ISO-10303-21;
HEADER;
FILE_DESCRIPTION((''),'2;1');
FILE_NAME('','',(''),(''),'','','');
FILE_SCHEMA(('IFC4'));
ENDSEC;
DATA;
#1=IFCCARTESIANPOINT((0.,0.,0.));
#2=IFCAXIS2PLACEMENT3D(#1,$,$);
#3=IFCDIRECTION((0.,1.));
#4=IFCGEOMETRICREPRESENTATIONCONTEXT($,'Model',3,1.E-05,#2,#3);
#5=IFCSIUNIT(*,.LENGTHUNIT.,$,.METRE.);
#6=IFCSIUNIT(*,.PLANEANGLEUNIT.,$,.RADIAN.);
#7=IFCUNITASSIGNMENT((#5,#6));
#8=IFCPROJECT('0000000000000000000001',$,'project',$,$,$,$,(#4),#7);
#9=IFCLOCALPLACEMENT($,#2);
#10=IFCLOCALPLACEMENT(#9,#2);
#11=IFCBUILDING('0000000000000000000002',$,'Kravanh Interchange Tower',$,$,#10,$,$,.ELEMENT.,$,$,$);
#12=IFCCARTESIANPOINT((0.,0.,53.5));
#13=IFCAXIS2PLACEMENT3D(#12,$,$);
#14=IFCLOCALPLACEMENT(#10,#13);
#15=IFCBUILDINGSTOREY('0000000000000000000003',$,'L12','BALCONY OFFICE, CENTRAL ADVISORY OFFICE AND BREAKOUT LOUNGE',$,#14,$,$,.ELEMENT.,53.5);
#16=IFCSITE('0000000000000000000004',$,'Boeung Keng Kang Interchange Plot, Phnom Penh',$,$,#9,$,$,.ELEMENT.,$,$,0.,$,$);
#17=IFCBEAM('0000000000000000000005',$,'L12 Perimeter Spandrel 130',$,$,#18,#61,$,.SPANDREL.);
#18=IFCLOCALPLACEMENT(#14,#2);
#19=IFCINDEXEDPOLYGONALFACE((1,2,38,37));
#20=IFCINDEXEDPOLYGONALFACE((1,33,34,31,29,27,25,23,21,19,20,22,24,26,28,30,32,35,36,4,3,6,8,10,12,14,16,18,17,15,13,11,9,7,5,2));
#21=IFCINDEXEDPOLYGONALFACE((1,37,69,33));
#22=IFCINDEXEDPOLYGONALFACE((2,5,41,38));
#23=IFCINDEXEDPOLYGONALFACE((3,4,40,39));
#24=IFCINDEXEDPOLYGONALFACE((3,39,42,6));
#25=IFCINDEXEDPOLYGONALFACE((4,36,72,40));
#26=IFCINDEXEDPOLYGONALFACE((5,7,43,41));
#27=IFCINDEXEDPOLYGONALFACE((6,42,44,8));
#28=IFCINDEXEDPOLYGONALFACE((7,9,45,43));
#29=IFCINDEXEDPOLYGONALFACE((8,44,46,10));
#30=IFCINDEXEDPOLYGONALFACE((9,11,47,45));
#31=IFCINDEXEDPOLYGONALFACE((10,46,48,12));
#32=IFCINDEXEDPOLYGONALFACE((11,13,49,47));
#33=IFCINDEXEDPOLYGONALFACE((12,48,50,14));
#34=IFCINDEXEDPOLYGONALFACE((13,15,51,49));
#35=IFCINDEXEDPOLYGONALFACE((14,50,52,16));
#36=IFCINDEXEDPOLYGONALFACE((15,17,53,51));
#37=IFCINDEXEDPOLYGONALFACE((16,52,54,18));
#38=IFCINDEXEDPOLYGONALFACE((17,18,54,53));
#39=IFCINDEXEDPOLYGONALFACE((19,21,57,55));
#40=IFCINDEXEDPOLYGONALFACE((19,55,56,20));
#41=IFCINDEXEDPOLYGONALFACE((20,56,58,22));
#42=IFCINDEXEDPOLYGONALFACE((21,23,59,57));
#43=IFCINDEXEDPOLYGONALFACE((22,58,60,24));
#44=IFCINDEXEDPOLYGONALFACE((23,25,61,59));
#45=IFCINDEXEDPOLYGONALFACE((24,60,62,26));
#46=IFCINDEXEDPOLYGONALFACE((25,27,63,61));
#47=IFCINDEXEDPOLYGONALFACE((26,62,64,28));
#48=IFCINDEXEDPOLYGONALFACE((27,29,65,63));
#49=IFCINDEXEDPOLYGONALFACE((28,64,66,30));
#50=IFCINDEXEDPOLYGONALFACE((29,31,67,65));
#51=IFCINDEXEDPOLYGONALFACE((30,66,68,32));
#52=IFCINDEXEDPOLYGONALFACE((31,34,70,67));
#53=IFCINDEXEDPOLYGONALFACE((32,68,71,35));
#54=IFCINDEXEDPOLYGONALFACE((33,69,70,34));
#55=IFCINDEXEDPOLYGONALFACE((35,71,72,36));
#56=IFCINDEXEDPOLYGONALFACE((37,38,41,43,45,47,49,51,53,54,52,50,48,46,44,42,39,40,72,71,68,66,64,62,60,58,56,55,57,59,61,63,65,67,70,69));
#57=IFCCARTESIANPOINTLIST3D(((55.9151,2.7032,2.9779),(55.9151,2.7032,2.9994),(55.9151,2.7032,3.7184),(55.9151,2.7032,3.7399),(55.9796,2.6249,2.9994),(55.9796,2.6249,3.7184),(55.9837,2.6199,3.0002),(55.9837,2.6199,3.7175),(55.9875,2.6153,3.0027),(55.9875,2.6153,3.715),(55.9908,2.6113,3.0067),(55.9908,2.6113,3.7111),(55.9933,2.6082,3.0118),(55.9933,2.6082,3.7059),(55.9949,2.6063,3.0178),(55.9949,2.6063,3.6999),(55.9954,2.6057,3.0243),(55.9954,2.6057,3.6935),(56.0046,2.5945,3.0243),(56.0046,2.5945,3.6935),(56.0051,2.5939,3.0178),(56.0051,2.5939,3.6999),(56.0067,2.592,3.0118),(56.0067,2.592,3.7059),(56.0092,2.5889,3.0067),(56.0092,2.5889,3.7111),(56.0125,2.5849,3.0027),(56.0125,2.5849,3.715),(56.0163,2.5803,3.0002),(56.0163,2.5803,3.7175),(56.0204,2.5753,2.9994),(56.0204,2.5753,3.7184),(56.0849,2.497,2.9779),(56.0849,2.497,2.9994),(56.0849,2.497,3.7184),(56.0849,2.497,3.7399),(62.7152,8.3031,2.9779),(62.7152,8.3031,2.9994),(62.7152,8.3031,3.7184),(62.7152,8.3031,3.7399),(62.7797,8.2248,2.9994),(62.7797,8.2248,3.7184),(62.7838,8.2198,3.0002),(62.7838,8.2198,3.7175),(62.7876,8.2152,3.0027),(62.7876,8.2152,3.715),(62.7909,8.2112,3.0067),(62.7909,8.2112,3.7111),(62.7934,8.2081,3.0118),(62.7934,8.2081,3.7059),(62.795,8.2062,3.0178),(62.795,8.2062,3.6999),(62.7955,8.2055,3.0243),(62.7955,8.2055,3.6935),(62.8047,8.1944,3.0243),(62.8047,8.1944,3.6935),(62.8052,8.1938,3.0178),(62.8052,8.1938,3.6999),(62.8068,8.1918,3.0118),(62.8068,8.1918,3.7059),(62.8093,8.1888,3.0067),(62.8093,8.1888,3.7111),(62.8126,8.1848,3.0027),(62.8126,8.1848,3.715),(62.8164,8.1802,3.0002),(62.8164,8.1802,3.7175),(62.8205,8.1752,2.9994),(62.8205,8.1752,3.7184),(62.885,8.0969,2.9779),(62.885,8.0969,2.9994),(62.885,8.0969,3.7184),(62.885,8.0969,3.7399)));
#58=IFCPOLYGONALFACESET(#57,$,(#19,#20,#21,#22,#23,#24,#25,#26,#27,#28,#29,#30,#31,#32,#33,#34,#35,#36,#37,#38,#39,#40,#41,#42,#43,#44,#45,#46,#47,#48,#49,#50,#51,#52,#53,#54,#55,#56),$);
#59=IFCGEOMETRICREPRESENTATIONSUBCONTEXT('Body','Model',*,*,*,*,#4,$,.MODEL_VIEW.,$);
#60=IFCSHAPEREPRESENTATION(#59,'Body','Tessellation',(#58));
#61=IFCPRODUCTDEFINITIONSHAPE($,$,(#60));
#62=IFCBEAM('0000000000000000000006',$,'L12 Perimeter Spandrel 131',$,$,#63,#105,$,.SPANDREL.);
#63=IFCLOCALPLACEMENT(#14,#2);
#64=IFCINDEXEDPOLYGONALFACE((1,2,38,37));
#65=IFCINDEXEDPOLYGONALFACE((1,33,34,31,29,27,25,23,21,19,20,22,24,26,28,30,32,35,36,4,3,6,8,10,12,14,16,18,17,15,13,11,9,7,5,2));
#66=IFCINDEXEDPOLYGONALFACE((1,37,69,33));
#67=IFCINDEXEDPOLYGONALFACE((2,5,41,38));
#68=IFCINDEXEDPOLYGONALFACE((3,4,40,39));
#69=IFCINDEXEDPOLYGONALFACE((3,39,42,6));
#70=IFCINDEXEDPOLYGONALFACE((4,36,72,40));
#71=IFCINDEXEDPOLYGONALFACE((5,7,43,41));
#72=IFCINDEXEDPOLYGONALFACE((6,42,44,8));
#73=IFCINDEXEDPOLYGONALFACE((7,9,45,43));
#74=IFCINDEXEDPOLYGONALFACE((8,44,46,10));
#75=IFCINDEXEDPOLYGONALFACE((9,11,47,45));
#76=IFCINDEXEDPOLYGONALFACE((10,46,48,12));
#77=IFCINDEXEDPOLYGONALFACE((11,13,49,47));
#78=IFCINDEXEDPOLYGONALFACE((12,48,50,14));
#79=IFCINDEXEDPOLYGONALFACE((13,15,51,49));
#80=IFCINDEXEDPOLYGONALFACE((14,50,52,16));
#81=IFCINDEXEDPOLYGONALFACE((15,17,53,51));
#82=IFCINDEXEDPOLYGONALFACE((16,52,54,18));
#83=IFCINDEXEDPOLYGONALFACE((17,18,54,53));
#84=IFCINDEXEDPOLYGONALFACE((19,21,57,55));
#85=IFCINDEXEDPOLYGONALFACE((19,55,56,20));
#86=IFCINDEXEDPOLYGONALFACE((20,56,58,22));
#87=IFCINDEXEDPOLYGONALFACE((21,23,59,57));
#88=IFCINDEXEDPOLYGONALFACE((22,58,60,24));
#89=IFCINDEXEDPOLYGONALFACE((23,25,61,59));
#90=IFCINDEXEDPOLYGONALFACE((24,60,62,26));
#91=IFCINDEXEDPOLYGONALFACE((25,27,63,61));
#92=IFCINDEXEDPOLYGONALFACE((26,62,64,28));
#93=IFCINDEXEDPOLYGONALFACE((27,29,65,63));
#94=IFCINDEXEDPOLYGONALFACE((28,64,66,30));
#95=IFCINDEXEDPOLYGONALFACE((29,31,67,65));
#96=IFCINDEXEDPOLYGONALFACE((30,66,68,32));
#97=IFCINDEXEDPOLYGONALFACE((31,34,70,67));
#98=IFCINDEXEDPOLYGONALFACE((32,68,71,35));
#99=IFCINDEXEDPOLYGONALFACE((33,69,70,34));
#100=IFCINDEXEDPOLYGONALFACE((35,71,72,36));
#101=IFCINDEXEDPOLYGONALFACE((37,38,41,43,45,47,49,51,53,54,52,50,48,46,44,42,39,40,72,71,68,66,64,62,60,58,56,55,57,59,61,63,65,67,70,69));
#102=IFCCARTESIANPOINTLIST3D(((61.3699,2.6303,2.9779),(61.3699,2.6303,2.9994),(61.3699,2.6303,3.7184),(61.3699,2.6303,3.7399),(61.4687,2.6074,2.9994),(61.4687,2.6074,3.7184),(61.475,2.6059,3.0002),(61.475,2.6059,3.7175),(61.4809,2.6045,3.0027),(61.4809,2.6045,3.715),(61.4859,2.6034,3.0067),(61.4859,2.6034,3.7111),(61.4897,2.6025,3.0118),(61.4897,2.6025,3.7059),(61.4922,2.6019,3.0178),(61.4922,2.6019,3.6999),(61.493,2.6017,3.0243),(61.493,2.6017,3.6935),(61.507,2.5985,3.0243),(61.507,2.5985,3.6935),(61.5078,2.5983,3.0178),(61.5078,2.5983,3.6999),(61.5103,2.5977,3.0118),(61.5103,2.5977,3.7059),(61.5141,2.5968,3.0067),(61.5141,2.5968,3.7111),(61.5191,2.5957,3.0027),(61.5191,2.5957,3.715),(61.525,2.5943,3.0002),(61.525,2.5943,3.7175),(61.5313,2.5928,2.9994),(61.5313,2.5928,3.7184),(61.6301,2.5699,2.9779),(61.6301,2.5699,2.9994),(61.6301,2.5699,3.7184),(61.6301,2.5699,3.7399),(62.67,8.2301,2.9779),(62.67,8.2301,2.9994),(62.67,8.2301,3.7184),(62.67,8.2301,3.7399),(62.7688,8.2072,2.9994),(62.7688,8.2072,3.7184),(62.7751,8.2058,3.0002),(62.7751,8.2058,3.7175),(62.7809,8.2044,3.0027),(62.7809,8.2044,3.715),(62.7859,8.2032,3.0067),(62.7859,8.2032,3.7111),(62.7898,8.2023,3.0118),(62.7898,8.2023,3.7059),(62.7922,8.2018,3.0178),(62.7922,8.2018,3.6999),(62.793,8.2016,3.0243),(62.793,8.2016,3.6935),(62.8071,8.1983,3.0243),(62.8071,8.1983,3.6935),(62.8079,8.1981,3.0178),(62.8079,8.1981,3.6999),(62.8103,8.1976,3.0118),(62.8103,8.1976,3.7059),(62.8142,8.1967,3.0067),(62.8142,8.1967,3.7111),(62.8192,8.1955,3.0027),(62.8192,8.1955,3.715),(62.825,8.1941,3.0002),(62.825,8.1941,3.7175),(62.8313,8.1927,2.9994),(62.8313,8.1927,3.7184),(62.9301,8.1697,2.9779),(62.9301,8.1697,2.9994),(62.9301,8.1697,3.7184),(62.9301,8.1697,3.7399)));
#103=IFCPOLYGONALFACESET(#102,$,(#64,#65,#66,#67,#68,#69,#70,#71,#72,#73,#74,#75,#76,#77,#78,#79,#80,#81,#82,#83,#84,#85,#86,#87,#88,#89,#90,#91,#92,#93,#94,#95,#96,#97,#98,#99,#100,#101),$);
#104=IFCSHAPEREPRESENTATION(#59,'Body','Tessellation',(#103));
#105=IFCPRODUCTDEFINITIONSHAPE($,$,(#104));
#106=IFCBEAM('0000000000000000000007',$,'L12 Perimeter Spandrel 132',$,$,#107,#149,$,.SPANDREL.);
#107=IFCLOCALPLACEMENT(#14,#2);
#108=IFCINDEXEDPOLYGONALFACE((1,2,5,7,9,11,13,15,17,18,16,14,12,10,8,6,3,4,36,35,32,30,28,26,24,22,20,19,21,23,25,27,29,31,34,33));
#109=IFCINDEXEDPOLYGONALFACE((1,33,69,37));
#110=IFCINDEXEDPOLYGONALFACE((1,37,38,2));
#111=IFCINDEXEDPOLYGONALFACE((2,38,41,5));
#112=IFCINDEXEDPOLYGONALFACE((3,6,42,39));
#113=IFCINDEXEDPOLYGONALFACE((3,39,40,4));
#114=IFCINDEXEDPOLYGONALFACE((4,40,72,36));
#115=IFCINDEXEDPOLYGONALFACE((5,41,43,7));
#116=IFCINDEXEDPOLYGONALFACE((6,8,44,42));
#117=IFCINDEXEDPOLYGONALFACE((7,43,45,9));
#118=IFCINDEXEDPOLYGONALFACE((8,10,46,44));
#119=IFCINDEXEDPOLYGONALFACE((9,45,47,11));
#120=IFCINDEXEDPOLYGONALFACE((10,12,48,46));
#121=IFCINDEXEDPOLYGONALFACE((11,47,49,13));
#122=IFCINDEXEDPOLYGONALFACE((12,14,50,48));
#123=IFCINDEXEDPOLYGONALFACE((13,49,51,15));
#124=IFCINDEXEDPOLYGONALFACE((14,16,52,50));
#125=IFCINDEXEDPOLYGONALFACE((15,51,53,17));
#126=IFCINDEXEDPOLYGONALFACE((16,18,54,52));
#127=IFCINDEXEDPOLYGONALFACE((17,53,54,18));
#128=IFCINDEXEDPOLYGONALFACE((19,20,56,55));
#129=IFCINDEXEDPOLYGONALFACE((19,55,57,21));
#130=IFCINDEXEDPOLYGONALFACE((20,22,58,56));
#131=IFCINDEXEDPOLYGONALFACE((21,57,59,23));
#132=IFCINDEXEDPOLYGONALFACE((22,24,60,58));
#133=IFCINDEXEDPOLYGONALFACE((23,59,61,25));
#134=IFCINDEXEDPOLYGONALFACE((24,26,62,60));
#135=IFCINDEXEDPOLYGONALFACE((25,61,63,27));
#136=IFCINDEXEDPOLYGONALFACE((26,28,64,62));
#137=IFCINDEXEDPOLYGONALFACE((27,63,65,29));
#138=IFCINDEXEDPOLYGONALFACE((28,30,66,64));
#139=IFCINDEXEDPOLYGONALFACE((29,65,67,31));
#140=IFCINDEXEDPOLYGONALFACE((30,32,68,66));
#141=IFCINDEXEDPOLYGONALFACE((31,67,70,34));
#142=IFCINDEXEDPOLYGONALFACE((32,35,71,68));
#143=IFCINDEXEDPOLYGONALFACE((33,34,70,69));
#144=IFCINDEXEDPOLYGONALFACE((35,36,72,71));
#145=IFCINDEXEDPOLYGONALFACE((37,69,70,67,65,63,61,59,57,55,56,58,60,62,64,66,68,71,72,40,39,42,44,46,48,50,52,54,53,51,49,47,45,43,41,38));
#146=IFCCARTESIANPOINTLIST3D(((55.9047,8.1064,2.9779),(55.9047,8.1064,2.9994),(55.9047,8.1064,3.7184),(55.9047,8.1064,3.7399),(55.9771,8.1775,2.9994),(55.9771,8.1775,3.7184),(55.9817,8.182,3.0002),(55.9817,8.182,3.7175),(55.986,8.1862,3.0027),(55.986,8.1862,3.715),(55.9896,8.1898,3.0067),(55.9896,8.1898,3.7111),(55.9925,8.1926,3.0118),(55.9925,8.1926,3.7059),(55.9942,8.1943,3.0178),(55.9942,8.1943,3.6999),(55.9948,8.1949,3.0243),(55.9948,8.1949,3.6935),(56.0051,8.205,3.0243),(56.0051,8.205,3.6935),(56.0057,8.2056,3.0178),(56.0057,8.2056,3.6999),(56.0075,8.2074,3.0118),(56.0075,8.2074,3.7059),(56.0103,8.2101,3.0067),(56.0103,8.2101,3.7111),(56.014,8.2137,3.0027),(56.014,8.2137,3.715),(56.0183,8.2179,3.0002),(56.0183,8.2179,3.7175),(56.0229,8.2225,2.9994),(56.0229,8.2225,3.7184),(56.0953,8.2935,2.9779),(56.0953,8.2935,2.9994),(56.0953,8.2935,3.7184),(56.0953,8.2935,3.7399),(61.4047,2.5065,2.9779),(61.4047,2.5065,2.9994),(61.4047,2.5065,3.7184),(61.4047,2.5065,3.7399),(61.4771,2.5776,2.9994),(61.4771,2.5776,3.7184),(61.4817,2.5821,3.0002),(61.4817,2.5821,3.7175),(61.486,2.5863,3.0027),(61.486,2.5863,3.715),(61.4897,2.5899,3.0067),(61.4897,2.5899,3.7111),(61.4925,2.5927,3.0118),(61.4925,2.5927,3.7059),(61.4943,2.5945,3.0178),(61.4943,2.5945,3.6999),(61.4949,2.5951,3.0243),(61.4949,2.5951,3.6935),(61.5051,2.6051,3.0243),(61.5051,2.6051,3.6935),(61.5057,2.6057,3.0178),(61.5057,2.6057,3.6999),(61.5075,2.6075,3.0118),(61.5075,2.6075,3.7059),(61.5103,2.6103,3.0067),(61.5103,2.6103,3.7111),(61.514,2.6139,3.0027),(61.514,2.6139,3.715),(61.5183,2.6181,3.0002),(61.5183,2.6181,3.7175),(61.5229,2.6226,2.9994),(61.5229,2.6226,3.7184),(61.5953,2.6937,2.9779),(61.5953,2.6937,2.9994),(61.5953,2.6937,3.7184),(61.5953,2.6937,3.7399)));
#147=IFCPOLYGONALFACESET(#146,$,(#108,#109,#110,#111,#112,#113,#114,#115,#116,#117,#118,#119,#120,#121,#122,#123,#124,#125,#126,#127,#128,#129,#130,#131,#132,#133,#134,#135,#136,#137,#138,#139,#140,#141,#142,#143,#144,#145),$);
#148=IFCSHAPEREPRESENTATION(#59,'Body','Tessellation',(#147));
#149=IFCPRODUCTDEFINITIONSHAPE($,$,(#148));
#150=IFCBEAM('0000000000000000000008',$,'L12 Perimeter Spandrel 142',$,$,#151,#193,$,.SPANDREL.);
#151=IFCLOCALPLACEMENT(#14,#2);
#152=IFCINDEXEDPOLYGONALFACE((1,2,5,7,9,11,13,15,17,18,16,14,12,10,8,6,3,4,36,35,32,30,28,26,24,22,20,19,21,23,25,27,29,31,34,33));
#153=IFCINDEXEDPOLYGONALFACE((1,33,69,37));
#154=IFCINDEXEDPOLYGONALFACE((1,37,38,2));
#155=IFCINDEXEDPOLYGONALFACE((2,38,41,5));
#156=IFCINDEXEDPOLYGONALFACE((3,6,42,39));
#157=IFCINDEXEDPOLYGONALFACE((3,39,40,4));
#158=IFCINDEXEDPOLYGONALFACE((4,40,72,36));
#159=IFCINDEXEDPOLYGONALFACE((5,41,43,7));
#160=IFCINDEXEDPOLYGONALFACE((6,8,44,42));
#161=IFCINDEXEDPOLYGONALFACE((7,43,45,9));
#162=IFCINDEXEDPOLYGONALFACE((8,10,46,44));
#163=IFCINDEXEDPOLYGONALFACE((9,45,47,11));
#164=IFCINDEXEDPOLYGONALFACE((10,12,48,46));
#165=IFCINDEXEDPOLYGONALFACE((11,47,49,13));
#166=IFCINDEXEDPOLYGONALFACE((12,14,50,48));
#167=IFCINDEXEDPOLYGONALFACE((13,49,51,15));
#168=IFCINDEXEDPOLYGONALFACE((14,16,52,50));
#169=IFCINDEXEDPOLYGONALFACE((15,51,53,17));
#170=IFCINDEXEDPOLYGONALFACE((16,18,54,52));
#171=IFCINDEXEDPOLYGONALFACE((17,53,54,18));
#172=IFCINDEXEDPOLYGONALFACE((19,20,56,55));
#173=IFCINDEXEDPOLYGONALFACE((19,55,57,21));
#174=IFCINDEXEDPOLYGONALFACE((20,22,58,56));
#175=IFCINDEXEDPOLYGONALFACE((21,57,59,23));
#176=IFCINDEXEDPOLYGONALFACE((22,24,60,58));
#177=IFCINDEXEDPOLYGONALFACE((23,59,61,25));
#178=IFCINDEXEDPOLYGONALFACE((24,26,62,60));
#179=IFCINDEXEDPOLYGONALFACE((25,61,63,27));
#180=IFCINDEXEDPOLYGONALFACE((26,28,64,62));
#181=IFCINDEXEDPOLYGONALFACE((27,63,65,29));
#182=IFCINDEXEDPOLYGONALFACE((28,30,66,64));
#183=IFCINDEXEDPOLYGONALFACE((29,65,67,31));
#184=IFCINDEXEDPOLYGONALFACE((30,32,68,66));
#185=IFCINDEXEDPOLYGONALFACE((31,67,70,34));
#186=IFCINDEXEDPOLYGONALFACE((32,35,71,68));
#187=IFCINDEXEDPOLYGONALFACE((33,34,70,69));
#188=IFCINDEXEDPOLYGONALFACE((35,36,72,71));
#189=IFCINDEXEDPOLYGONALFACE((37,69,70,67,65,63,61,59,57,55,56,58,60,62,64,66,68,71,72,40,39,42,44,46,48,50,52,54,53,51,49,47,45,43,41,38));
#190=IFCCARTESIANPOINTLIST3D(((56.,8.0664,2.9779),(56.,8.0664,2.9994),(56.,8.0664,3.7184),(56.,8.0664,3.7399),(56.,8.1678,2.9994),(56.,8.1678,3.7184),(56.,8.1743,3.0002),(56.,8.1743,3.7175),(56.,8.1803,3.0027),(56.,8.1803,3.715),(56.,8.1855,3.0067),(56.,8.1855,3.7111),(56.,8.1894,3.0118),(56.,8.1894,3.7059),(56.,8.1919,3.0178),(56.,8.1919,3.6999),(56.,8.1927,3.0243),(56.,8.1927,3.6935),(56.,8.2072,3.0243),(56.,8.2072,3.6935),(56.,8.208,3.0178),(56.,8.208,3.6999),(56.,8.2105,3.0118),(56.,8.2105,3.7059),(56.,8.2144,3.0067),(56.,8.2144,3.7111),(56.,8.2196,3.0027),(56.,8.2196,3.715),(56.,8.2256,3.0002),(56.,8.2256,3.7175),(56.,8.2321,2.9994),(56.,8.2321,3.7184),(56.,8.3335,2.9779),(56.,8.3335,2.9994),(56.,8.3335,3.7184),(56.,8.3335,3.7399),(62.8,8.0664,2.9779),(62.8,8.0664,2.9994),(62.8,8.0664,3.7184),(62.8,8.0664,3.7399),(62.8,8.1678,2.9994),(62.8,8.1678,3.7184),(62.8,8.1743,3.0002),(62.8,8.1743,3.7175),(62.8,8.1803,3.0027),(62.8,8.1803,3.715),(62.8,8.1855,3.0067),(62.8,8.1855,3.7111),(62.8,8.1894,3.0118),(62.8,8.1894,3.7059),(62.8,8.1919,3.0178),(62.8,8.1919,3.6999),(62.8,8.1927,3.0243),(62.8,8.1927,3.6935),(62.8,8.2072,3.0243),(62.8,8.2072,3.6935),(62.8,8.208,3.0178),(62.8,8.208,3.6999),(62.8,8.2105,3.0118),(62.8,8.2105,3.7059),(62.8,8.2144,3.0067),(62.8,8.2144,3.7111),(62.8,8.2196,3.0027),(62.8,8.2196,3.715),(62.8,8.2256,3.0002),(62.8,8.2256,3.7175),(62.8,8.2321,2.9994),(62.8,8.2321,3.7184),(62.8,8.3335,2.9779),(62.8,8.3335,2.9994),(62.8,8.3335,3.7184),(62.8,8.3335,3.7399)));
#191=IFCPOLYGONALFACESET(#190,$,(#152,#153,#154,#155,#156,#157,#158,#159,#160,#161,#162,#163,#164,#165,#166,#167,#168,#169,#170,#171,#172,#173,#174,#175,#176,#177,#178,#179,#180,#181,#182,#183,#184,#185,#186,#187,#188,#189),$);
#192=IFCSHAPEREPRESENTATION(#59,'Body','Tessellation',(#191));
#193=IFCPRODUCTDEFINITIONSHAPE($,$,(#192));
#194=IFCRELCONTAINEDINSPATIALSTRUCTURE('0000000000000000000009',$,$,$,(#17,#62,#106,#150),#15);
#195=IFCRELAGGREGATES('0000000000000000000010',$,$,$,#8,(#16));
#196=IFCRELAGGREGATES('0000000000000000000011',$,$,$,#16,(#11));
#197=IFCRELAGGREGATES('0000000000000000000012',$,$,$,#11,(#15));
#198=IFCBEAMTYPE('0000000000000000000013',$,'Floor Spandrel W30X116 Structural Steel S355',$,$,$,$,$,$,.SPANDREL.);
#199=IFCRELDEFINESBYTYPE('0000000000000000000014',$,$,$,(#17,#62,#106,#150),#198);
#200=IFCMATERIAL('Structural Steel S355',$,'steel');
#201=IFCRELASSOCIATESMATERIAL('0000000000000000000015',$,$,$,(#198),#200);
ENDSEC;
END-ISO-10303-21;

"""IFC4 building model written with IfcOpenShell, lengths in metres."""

from ifc_helpers import new_model, si_unit, direction, frame, origin, origin_2d, place, context, subcontext, project, spatial, i_section, extrude, material, material_profile, profile_set, type_object, element, save


model = new_model("IFC4")

# Units and contexts
model_context = context("Model", 3, precision=1e-05, world=origin(), true_north=direction((0.0, 1.0)))
body_context = subcontext(model_context, "Body", "Model", "MODEL_VIEW")
ifc_project = project(units=[si_unit("LENGTHUNIT", "METRE"), si_unit("PLANEANGLEUNIT", "RADIAN")], contexts=[model_context])

# Site, building, storey
site_placement = place(None, origin())
site = spatial("IfcSite", under=ifc_project, at=site_placement, Name="Boeung Keng Kang Interchange Plot, Phnom Penh", CompositionType="ELEMENT", RefElevation=0.0)
building_placement = place(site_placement, origin())
building = spatial("IfcBuilding", under=site, at=building_placement, Name="Kravanh Interchange Tower", CompositionType="ELEMENT")
storey_placement = place(building_placement, frame((0.0, 0.0, 53.5)))
storey = spatial("IfcBuildingStorey", under=building, at=storey_placement, Name="L12", Description="BALCONY OFFICE, CENTRAL ADVISORY OFFICE AND BREAKOUT LOUNGE", CompositionType="ELEMENT", Elevation=53.5)

# Beams
ifc_material_1 = material(Name="Structural Steel S355", Category="steel")
ifc_material_profile_1 = material_profile(ifc_material_1, i_section(OverallWidth=0.2671, OverallDepth=0.762, WebThickness=0.0144, FlangeThickness=0.0215, FilletRadius=0.0249, at=origin_2d()), Name="W30X116")
ifc_profile_set_1 = profile_set([ifc_material_profile_1], Name="Structural Steel S355")
beam_type_1 = type_object("IfcBeamType", Name="Floor Spandrel W30X116 Structural Steel S355", PredefinedType="SPANDREL", material=ifc_profile_set_1)
beam_1_placement = place(storey_placement, frame((56.0, 2.6001, 3.3589), z_axis=(0.771941, 0.635695, 0.0), x_axis=(-0.635695, 0.771941, 0.0)))
element("IfcBeam", 1, at=beam_1_placement, inside=storey, type_object=beam_type_1, Name="L12 Perimeter Spandrel 130", PredefinedType="SPANDREL", context=body_context, shape_type="SweptSolid", body=[
    extrude(i_section(OverallWidth=0.2671, OverallDepth=0.762, WebThickness=0.0144, FlangeThickness=0.0215, FilletRadius=0.0249, at=origin_2d()), origin(), (0.0, 0.0, 1.0), 8.8091),
])
beam_2_placement = place(storey_placement, frame((61.5, 2.6001, 3.3589), z_axis=(0.226143, 0.974094, 0.0), x_axis=(-0.974094, 0.226143, 0.0)))
element("IfcBeam", 2, at=beam_2_placement, inside=storey, type_object=beam_type_1, Name="L12 Perimeter Spandrel 131", PredefinedType="SPANDREL", context=body_context, shape_type="SweptSolid", body=[
    extrude(i_section(OverallWidth=0.2671, OverallDepth=0.762, WebThickness=0.0144, FlangeThickness=0.0215, FilletRadius=0.0249, at=origin_2d()), origin(), (0.0, 0.0, 1.0), 5.7488),
])
beam_3_placement = place(storey_placement, frame((61.5, 2.6001, 3.3589), z_axis=(-0.700717, 0.713439, 0.0), x_axis=(-0.713439, -0.700717, 0.0)))
element("IfcBeam", 3, at=beam_3_placement, inside=storey, type_object=beam_type_1, Name="L12 Perimeter Spandrel 132", PredefinedType="SPANDREL", context=body_context, shape_type="SweptSolid", body=[
    extrude(i_section(OverallWidth=0.2671, OverallDepth=0.762, WebThickness=0.0144, FlangeThickness=0.0215, FilletRadius=0.0249, at=origin_2d()), origin(), (0.0, 0.0, 1.0), 7.8491),
])
beam_4_placement = place(storey_placement, frame((56.0, 8.2, 3.3589), z_axis=(1.0, 0.0, 0.0), x_axis=(0.0, 1.0, 0.0)))
element("IfcBeam", 4, at=beam_4_placement, inside=storey, type_object=beam_type_1, Name="L12 Perimeter Spandrel 142", PredefinedType="SPANDREL", context=body_context, shape_type="SweptSolid", body=[
    extrude(i_section(OverallWidth=0.2671, OverallDepth=0.762, WebThickness=0.0144, FlangeThickness=0.0215, FilletRadius=0.0249, at=origin_2d()), origin(), (0.0, 0.0, 1.0), 6.8),
])

save(model, "model.ifc")
